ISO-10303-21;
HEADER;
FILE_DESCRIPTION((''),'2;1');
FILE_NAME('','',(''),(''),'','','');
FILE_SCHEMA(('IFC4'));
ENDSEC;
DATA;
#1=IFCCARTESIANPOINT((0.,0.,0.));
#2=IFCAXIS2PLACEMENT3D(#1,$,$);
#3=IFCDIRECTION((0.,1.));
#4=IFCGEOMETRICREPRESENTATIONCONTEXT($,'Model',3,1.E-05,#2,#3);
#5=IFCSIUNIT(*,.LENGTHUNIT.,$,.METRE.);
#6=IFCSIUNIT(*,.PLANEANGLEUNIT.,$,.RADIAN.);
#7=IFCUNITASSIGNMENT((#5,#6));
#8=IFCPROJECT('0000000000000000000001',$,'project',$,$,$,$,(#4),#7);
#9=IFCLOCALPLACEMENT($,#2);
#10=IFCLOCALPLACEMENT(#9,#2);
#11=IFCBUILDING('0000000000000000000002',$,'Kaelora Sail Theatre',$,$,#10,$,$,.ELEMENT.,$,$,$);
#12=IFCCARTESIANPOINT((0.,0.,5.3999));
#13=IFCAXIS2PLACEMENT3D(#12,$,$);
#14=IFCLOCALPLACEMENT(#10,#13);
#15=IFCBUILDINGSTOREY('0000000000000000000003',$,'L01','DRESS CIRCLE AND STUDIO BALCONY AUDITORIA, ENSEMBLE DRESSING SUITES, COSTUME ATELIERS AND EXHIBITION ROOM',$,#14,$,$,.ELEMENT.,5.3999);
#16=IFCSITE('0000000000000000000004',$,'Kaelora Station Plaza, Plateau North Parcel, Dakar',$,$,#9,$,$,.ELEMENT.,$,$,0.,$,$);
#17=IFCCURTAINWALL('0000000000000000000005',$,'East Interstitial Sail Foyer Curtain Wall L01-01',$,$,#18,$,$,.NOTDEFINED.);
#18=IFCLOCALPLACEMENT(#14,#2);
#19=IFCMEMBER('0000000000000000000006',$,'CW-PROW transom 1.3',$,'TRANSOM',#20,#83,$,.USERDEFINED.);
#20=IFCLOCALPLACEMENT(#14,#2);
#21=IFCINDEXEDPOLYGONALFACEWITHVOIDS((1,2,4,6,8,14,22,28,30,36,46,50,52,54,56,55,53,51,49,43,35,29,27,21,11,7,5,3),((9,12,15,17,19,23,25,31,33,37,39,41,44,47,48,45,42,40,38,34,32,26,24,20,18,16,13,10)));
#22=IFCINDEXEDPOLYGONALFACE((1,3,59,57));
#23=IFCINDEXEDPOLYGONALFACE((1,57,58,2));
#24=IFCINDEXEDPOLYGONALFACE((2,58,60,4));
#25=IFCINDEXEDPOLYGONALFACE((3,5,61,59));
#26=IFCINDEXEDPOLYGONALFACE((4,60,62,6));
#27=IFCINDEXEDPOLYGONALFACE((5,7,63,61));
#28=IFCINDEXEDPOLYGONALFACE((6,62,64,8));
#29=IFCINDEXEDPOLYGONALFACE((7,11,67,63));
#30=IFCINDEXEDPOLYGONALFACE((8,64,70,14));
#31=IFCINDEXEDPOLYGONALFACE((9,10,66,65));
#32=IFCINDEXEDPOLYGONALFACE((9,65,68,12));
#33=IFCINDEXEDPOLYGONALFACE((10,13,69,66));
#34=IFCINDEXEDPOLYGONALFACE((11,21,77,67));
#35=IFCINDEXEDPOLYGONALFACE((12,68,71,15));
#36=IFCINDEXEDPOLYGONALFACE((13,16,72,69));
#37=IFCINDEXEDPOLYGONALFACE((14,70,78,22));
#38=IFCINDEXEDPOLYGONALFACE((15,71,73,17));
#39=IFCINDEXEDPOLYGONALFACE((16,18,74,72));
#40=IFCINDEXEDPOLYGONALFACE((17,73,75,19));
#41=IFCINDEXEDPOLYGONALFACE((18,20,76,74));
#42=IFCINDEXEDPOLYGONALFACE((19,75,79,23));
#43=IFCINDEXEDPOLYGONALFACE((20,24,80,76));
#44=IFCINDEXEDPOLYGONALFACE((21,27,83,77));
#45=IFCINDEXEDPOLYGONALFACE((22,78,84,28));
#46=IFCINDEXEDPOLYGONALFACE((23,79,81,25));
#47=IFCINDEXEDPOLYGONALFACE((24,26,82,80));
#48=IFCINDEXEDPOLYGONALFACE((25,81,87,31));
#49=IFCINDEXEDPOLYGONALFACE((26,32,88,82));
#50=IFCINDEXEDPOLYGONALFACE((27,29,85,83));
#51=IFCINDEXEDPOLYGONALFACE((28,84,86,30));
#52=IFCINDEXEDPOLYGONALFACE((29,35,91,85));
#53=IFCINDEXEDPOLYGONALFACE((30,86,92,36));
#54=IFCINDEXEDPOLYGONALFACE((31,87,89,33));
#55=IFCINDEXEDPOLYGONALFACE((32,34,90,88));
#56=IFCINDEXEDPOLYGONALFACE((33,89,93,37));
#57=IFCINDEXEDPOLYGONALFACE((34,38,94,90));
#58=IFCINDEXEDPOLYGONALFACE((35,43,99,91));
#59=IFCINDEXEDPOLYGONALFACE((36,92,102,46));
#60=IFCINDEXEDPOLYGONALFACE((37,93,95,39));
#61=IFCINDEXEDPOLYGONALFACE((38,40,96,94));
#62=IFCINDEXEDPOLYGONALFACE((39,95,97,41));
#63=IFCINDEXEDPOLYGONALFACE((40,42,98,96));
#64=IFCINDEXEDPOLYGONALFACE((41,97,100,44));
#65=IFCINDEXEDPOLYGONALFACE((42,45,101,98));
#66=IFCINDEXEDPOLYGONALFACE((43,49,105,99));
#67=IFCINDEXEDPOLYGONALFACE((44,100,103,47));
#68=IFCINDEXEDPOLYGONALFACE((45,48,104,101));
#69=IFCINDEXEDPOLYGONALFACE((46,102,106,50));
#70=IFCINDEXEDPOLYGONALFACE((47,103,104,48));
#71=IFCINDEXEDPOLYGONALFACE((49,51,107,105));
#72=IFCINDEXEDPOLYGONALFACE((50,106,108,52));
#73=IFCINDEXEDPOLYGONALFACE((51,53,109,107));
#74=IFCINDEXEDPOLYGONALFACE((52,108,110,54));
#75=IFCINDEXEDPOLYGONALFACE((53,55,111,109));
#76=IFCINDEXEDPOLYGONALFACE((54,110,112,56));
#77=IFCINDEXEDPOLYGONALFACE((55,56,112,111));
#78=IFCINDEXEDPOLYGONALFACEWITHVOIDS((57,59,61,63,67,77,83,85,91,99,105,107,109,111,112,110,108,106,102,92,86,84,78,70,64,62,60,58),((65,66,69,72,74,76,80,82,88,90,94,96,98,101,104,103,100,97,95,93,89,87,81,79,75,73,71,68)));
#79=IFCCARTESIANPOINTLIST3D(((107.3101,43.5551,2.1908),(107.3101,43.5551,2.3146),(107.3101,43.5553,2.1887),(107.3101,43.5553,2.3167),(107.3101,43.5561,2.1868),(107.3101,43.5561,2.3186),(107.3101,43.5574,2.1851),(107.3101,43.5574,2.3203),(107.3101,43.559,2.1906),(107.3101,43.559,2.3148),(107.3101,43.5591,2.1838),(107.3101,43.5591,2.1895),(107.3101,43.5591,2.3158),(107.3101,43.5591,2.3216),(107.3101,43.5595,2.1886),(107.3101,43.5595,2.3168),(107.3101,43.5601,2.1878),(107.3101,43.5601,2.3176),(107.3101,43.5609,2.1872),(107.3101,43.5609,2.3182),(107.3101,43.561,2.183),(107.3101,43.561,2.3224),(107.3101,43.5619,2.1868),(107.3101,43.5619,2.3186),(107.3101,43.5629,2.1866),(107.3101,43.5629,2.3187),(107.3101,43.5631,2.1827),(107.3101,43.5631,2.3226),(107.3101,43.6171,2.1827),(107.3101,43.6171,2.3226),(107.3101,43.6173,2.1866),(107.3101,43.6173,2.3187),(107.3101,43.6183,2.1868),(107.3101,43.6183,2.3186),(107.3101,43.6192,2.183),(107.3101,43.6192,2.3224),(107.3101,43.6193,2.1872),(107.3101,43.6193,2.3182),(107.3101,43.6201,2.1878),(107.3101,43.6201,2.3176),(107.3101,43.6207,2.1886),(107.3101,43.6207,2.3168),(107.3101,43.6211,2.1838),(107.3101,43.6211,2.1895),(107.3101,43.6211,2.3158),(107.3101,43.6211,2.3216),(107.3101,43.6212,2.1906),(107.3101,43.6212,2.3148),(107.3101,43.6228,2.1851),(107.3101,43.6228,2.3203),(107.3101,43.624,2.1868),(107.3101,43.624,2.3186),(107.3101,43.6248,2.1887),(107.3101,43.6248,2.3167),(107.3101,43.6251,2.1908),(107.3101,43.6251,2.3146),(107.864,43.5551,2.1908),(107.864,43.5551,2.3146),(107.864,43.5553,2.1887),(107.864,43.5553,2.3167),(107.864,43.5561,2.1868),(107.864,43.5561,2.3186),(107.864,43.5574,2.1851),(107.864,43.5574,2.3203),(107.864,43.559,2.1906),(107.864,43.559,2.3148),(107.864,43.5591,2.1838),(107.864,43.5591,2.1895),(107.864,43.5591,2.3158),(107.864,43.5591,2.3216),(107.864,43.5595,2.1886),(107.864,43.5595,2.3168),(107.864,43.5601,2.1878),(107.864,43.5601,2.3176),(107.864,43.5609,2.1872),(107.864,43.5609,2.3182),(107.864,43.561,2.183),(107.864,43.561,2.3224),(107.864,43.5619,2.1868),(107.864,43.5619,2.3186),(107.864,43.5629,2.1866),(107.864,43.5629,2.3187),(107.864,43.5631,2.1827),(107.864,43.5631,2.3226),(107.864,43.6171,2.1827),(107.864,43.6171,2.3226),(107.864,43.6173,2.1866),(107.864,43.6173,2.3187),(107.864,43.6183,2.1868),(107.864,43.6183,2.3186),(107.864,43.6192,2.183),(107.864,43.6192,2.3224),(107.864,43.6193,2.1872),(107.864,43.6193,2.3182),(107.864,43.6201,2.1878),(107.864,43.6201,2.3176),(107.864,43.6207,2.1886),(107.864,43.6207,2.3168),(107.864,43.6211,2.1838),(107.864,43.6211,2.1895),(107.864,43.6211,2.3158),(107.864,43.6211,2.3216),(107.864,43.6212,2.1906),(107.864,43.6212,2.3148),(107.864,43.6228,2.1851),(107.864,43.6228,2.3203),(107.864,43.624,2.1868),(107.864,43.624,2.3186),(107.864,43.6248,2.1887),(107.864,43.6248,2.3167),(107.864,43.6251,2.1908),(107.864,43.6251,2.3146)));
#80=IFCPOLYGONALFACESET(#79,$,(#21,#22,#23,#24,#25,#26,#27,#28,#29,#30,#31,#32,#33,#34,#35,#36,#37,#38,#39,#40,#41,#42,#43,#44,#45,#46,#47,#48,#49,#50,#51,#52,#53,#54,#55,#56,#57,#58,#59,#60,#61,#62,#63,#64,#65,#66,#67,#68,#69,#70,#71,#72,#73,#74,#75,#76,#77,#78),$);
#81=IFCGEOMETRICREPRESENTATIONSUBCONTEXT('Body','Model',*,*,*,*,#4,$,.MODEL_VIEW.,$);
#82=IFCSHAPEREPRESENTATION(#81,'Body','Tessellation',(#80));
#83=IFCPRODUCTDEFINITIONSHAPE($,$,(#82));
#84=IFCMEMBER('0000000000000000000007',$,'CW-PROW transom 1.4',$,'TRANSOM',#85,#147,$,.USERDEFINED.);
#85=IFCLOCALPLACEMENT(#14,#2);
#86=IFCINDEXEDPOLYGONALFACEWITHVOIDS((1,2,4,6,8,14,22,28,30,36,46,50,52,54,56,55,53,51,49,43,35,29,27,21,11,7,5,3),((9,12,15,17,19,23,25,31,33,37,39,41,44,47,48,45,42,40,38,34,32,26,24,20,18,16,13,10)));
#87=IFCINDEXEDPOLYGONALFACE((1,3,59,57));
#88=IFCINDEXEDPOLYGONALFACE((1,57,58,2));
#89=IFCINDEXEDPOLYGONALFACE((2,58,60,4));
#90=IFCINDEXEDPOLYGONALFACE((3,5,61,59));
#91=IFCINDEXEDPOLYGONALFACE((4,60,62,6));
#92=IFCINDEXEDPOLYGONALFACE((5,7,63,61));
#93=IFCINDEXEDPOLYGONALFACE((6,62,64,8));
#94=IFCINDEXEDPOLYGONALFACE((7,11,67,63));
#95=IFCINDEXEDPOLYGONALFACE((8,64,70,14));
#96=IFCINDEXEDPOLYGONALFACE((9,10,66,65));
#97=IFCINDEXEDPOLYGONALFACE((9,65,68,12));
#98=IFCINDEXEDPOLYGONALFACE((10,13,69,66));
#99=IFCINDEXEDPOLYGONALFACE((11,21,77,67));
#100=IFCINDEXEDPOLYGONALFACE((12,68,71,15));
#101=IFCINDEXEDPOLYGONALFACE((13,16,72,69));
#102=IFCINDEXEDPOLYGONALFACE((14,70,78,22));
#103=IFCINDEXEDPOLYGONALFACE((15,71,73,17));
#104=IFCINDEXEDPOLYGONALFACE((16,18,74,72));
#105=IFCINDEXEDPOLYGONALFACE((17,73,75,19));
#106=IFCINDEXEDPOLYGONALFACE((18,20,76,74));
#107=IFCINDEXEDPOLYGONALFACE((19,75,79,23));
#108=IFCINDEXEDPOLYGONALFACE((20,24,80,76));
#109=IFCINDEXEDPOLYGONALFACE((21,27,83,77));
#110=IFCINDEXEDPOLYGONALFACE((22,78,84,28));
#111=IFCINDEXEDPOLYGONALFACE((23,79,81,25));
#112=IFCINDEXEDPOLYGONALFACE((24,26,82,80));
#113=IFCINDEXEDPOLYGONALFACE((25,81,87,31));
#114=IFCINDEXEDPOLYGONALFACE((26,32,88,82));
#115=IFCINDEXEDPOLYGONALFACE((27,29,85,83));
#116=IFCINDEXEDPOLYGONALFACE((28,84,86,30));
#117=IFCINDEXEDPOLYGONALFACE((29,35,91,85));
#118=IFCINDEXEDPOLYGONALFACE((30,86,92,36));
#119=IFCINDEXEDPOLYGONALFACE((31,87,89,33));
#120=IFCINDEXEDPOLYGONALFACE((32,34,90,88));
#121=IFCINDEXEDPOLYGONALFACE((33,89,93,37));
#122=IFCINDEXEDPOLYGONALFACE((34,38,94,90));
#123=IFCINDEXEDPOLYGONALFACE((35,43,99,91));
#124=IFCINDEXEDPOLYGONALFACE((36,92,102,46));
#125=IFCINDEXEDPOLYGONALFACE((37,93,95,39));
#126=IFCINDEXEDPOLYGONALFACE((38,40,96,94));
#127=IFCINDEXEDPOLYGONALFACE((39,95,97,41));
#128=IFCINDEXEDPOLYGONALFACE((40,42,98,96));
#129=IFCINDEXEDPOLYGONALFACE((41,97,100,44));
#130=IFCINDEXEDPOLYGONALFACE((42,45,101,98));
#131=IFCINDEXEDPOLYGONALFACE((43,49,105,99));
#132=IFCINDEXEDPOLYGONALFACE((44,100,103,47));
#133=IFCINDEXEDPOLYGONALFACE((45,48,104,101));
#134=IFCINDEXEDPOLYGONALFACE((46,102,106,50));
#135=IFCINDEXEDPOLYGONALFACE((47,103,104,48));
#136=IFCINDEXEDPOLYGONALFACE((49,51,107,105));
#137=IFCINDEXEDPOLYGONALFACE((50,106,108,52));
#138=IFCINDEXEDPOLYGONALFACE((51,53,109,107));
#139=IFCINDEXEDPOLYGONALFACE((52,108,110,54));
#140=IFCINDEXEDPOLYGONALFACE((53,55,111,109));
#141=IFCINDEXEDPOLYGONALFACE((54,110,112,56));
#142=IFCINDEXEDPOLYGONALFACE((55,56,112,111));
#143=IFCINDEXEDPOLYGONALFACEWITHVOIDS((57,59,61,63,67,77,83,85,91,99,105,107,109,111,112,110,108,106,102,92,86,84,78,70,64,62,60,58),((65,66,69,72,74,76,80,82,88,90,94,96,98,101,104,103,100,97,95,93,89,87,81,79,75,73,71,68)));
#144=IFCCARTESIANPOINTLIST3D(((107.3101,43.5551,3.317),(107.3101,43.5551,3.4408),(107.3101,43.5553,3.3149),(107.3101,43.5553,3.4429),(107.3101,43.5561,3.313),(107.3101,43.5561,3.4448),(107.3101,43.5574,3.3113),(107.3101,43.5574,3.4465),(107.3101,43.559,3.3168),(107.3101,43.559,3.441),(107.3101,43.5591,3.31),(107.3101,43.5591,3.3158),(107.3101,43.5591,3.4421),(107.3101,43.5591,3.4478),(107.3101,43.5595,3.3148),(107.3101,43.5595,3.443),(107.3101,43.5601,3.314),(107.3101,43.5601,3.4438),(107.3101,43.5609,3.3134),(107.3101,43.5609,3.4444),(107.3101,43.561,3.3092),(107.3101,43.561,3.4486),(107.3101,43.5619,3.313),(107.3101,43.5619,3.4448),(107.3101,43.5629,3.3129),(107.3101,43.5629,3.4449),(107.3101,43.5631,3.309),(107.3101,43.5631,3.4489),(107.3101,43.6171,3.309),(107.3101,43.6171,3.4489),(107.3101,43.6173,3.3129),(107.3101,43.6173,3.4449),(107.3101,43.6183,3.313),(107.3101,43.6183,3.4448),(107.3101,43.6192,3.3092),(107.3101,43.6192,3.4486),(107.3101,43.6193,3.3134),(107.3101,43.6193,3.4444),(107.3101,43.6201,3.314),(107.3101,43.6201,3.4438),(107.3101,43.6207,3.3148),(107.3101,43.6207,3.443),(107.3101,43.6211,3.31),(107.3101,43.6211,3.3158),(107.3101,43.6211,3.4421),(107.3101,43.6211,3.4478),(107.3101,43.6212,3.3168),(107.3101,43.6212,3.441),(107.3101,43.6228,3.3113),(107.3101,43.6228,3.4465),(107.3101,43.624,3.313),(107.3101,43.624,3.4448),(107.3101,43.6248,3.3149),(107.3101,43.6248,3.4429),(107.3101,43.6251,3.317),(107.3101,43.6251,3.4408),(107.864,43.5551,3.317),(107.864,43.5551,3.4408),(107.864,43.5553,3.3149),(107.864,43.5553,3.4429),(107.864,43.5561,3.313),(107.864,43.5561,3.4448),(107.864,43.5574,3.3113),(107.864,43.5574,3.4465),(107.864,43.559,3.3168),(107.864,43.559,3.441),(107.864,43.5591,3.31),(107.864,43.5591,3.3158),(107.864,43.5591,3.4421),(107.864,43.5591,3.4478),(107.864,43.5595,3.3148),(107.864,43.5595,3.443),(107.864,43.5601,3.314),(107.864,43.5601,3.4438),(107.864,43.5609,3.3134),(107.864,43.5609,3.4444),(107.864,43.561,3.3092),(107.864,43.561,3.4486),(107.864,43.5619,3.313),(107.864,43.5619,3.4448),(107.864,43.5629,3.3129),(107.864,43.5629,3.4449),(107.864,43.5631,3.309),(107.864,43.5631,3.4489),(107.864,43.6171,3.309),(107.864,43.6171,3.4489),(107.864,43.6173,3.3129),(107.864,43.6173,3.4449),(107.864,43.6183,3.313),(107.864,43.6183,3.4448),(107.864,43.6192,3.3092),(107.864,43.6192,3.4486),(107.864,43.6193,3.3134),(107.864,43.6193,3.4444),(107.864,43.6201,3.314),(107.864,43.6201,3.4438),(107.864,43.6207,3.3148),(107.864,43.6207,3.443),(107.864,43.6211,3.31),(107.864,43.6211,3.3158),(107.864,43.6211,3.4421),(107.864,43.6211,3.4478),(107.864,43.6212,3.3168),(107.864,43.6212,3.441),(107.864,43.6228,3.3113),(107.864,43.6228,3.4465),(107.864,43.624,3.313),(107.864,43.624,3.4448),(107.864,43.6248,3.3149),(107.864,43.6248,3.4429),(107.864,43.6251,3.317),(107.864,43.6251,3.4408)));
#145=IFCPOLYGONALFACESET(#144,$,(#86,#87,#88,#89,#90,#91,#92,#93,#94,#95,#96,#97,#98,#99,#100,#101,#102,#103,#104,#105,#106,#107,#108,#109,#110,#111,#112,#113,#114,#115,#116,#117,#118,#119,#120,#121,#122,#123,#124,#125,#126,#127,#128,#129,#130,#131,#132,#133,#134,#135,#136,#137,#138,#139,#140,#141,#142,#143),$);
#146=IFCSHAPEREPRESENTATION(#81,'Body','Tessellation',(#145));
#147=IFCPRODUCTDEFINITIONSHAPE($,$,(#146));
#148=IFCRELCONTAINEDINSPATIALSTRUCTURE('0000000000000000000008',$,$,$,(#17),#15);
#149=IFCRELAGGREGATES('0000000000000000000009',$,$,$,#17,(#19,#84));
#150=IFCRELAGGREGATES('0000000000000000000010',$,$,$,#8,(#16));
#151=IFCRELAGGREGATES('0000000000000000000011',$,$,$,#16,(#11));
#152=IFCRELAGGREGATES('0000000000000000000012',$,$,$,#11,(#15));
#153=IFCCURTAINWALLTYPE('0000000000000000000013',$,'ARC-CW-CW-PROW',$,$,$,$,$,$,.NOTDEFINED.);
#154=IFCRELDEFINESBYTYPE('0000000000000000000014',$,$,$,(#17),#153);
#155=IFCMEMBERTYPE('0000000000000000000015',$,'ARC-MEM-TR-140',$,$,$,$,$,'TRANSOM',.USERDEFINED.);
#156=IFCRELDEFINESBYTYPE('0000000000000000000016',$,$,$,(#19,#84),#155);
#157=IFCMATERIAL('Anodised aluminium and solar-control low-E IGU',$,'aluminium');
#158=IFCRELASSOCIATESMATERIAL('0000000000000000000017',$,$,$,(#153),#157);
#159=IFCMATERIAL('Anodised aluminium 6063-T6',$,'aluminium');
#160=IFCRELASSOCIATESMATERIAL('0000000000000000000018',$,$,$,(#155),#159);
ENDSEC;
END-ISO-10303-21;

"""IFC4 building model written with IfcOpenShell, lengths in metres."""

from ifc_helpers import new_model, si_unit, direction, frame, origin, origin_2d, place, context, subcontext, project, spatial, hollow_rectangle, extrude, material, material_profile, profile_set, type_object, element, aggregate, save


model = new_model("IFC4")

# Units and contexts
model_context = context("Model", 3, precision=1e-05, world=origin(), true_north=direction((0.0, 1.0)))
body_context = subcontext(model_context, "Body", "Model", "MODEL_VIEW")
ifc_project = project(units=[si_unit("LENGTHUNIT", "METRE"), si_unit("PLANEANGLEUNIT", "RADIAN")], contexts=[model_context])

# Site, building, storey
site_placement = place(None, origin())
site = spatial("IfcSite", under=ifc_project, at=site_placement, Name="Kaelora Station Plaza, Plateau North Parcel, Dakar", CompositionType="ELEMENT", RefElevation=0.0)
building_placement = place(site_placement, origin())
building = spatial("IfcBuilding", under=site, at=building_placement, Name="Kaelora Sail Theatre", CompositionType="ELEMENT")
storey_placement = place(building_placement, frame((0.0, 0.0, 5.3999)))
storey = spatial("IfcBuildingStorey", under=building, at=storey_placement, Name="L01", Description="DRESS CIRCLE AND STUDIO BALCONY AUDITORIA, ENSEMBLE DRESSING SUITES, COSTUME ATELIERS AND EXHIBITION ROOM", CompositionType="ELEMENT", Elevation=5.3999)

# Curtain wall, members
ifc_material_1 = material(Name="Anodised aluminium and solar-control low-E IGU", Category="aluminium")
curtain_wall_type = type_object("IfcCurtainWallType", Name="ARC-CW-CW-PROW", PredefinedType="NOTDEFINED", material=ifc_material_1)
curtain_wall_placement = place(storey_placement, origin())
curtain_wall = element("IfcCurtainWall", 1, at=curtain_wall_placement, inside=storey, type_object=curtain_wall_type, Name="East Interstitial Sail Foyer Curtain Wall L01-01", PredefinedType="NOTDEFINED")
ifc_material_2 = material(Name="Anodised aluminium 6063-T6", Category="aluminium")
ifc_material_profile = material_profile(ifc_material_2, hollow_rectangle(XDim=0.0701, YDim=0.1399, WallThickness=0.0039, InnerFilletRadius=0.0039, OuterFilletRadius=0.0081, at=origin_2d()), Name="ALU-TRAN 70x140x4")
ifc_profile_set = profile_set([ifc_material_profile], Name="Anodised aluminium 6063-T6")
member_type = type_object("IfcMemberType", Name="ARC-MEM-TR-140", ElementType="TRANSOM", PredefinedType="USERDEFINED", material=ifc_profile_set)
member_1_placement = place(storey_placement, frame((107.3101, 43.5901, 2.2527), z_axis=(1.0, 0.0, 0.0), x_axis=(0.0, 1.0, 0.0)))
member_1 = element("IfcMember", 2, at=member_1_placement, type_object=member_type, Name="CW-PROW transom 1.3", ObjectType="TRANSOM", PredefinedType="USERDEFINED", context=body_context, shape_type="SweptSolid", body=[
    extrude(hollow_rectangle(XDim=0.0701, YDim=0.1399, WallThickness=0.0039, InnerFilletRadius=0.0039, OuterFilletRadius=0.0081, at=origin_2d()), origin(), (0.0, 0.0, 1.0), 0.554),
])
member_2_placement = place(storey_placement, frame((107.3101, 43.5901, 3.3789), z_axis=(1.0, 0.0, 0.0), x_axis=(0.0, 1.0, 0.0)))
member_2 = element("IfcMember", 3, at=member_2_placement, type_object=member_type, Name="CW-PROW transom 1.4", ObjectType="TRANSOM", PredefinedType="USERDEFINED", context=body_context, shape_type="SweptSolid", body=[
    extrude(hollow_rectangle(XDim=0.0701, YDim=0.1399, WallThickness=0.0039, InnerFilletRadius=0.0039, OuterFilletRadius=0.0081, at=origin_2d()), origin(), (0.0, 0.0, 1.0), 0.554),
])
aggregate(curtain_wall, [member_1, member_2])

save(model, "model.ifc")
